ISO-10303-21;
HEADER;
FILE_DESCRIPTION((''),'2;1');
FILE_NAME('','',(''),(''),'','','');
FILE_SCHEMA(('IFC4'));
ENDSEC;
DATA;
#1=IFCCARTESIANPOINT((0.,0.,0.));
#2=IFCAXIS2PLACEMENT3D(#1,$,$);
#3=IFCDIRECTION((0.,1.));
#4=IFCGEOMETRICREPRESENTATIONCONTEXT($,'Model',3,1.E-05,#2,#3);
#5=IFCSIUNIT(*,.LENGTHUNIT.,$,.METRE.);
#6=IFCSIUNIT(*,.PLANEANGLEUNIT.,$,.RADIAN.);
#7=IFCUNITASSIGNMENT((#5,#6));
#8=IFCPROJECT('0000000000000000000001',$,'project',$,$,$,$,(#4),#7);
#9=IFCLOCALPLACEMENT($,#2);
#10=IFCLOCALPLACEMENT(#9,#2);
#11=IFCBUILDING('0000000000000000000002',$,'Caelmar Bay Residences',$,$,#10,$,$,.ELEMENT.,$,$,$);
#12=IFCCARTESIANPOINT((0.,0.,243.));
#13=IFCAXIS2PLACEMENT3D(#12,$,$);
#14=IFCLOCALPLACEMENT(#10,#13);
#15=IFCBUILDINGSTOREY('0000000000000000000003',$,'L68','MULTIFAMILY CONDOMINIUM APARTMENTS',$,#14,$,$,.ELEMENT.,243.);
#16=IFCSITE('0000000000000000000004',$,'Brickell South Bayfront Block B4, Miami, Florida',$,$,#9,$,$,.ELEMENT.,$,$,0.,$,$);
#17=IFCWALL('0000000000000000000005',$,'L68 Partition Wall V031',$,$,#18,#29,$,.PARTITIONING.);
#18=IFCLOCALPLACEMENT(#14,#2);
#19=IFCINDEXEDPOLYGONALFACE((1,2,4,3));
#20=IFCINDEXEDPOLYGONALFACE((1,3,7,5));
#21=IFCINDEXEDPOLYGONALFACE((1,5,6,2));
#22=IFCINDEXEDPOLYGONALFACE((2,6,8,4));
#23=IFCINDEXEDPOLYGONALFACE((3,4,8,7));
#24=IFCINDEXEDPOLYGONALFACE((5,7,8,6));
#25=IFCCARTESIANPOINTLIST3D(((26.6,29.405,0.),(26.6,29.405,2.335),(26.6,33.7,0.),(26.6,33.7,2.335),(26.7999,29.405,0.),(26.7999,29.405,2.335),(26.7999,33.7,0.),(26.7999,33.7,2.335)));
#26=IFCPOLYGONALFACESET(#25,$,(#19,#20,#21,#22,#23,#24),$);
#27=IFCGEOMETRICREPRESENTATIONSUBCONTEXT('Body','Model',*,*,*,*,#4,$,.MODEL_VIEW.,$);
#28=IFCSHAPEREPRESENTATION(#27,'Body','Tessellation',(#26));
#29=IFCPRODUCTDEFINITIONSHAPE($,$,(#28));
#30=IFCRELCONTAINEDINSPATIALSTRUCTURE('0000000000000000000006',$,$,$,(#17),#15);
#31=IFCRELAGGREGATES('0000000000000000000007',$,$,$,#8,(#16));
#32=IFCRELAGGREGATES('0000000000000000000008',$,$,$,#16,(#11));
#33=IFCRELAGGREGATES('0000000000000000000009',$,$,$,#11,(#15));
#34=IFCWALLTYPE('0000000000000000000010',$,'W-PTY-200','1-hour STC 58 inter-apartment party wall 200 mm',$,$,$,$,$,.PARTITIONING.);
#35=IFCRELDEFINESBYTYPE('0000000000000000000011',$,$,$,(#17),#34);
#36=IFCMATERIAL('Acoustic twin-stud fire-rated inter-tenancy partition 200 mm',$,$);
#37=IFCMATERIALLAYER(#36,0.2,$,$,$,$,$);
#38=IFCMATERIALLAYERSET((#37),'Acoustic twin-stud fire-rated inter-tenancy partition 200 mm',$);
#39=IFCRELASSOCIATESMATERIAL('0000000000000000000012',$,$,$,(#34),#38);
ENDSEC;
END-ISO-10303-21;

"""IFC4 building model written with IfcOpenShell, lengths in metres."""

from ifc_helpers import new_model, si_unit, direction, frame, frame_2d, origin, place, context, subcontext, project, spatial, rectangle, extrude, material, layer, layer_set, type_object, element, save


model = new_model("IFC4")

# Units and contexts
model_context = context("Model", 3, precision=1e-05, world=origin(), true_north=direction((0.0, 1.0)))
body_context = subcontext(model_context, "Body", "Model", "MODEL_VIEW")
ifc_project = project(units=[si_unit("LENGTHUNIT", "METRE"), si_unit("PLANEANGLEUNIT", "RADIAN")], contexts=[model_context])

# Site, building, storey
site_placement = place(None, origin())
site = spatial("IfcSite", under=ifc_project, at=site_placement, Name="Brickell South Bayfront Block B4, Miami, Florida", CompositionType="ELEMENT", RefElevation=0.0)
building_placement = place(site_placement, origin())
building = spatial("IfcBuilding", under=site, at=building_placement, Name="Caelmar Bay Residences", CompositionType="ELEMENT")
storey_placement = place(building_placement, frame((0.0, 0.0, 243.0)))
storey = spatial("IfcBuildingStorey", under=building, at=storey_placement, Name="L68", Description="MULTIFAMILY CONDOMINIUM APARTMENTS", CompositionType="ELEMENT", Elevation=243.0)

# Wall
ifc_material_1 = material(Name="Acoustic twin-stud fire-rated inter-tenancy partition 200 mm")
ifc_layer_1 = layer(ifc_material_1, 0.2)
ifc_layer_set_1 = layer_set([ifc_layer_1], Name="Acoustic twin-stud fire-rated inter-tenancy partition 200 mm")
wall_type_1 = type_object("IfcWallType", Name="W-PTY-200", Description="1-hour STC 58 inter-apartment party wall 200 mm", PredefinedType="PARTITIONING", material=ifc_layer_set_1)
wall_1_placement = place(storey_placement, frame((26.7, 29.405, 0.0), z_axis=(0.0, 0.0, 1.0), x_axis=(0.0, 1.0, 0.0)))
element("IfcWall", 1, at=wall_1_placement, inside=storey, type_object=wall_type_1, Name="L68 Partition Wall V031", PredefinedType="PARTITIONING", context=body_context, shape_type="SweptSolid", body=[
    extrude(rectangle(XDim=4.2949, YDim=0.2, at=frame_2d((2.1475, 0.0))), origin(), (0.0, 0.0, 1.0), 2.335),
])

save(model, "model.ifc")
